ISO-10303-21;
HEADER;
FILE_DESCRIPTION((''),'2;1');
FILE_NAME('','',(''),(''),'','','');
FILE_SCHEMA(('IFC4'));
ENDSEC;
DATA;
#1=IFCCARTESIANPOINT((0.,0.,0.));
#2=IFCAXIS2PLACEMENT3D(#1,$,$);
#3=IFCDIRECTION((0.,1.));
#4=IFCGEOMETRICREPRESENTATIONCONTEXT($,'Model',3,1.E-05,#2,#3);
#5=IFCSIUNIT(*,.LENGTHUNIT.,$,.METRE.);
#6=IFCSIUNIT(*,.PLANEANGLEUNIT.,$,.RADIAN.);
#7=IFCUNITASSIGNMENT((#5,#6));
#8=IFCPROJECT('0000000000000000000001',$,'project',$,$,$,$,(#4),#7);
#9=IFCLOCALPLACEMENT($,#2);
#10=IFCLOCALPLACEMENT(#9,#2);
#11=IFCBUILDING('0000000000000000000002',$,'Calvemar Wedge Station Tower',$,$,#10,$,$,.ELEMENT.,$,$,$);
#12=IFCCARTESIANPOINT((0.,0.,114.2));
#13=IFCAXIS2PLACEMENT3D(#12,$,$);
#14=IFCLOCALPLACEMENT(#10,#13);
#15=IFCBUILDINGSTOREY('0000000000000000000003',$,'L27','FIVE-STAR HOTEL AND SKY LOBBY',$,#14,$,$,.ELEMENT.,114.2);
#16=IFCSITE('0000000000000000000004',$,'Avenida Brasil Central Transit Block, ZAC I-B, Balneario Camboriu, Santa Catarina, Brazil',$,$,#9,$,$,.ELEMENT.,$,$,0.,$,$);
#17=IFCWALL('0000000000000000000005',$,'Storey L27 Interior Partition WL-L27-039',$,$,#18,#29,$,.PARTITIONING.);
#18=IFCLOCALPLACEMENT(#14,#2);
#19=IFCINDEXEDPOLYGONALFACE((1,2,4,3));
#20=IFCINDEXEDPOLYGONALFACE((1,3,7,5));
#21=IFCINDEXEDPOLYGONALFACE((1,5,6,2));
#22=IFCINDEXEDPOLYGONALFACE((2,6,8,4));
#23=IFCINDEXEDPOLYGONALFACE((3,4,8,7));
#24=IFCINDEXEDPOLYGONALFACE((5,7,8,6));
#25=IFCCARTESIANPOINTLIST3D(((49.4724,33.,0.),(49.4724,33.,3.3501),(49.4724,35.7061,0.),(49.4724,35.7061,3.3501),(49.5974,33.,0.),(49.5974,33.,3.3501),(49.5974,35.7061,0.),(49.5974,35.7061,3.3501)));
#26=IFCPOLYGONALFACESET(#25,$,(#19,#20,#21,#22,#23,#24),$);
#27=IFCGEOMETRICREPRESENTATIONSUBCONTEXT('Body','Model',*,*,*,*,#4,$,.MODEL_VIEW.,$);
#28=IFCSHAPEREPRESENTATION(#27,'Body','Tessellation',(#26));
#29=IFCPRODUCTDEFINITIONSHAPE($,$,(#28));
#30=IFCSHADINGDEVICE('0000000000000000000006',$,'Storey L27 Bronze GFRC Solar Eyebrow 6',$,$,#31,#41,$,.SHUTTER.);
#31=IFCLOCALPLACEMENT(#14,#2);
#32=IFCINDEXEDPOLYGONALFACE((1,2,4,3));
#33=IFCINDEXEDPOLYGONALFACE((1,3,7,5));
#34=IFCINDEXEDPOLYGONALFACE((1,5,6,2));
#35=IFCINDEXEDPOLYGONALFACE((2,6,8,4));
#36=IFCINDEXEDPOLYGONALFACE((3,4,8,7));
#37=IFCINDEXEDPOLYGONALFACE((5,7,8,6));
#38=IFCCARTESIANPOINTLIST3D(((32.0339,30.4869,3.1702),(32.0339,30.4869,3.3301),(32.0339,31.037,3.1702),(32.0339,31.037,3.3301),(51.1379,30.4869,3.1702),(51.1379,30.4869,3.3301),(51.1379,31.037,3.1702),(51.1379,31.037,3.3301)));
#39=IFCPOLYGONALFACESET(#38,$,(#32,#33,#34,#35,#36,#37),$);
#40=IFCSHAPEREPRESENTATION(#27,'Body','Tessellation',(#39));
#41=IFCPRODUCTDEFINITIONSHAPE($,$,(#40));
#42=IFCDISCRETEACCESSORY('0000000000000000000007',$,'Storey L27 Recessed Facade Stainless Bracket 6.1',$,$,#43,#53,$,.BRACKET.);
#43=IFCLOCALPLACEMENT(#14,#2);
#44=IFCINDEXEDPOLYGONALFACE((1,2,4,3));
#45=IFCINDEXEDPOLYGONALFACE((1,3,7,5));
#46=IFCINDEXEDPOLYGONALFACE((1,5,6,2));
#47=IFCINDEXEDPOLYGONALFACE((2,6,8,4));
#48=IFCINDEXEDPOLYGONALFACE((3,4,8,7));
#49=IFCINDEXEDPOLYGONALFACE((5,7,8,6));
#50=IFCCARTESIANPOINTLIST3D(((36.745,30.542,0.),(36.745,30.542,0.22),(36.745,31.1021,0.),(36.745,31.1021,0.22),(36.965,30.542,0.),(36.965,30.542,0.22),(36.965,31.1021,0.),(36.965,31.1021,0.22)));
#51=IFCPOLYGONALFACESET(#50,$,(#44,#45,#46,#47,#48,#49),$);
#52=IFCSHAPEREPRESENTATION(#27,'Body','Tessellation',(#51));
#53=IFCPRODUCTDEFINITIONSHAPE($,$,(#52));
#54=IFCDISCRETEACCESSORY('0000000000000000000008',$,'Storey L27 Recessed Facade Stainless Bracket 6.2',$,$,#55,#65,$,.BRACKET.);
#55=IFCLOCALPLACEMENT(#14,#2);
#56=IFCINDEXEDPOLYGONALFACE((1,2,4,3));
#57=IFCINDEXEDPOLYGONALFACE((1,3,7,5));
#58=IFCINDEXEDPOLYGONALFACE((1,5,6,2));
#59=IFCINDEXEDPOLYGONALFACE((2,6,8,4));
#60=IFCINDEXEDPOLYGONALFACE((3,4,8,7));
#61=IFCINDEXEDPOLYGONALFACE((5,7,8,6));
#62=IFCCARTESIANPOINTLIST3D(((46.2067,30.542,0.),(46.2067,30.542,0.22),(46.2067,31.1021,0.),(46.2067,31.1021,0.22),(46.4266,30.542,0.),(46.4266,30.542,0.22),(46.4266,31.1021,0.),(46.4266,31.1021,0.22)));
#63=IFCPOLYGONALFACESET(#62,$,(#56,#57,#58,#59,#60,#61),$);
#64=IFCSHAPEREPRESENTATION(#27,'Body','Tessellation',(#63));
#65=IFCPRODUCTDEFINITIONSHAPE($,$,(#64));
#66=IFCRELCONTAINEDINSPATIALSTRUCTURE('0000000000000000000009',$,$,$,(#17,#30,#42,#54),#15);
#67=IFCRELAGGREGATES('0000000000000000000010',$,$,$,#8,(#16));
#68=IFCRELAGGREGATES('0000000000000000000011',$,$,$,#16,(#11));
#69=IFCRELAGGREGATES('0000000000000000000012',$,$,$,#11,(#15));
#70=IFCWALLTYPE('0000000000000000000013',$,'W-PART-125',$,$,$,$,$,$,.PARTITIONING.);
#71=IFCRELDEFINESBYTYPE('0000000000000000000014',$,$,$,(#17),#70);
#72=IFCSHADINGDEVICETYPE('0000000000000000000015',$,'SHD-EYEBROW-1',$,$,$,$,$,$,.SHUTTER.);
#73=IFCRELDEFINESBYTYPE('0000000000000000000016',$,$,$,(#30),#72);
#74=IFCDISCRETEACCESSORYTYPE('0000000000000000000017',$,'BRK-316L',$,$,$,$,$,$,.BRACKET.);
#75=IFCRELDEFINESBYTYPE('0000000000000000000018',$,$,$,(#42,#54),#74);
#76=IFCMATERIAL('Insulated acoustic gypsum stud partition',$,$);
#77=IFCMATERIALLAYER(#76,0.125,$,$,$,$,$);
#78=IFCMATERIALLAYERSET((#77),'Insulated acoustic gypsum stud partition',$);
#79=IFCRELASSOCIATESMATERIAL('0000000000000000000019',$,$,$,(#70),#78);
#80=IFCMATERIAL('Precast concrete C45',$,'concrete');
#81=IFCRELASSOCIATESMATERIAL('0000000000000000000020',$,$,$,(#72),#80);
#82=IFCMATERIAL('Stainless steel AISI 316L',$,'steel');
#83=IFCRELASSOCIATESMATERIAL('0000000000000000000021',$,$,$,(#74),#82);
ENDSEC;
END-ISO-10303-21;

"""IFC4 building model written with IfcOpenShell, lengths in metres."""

from ifc_helpers import new_model, si_unit, direction, frame, frame_2d, origin, origin_2d, place, context, subcontext, project, spatial, rectangle, extrude, source, transform, mapped, material, layer, layer_set, type_object, element, save


model = new_model("IFC4")

# Units and contexts
model_context = context("Model", 3, precision=1e-05, world=origin(), true_north=direction((0.0, 1.0)))
body_context = subcontext(model_context, "Body", "Model", "MODEL_VIEW")
ifc_project = project(units=[si_unit("LENGTHUNIT", "METRE"), si_unit("PLANEANGLEUNIT", "RADIAN")], contexts=[model_context])

# Site, building, storey
site_placement = place(None, origin())
site = spatial("IfcSite", under=ifc_project, at=site_placement, Name="Avenida Brasil Central Transit Block, ZAC I-B, Balneario Camboriu, Santa Catarina, Brazil", CompositionType="ELEMENT", RefElevation=0.0)
building_placement = place(site_placement, origin())
building = spatial("IfcBuilding", under=site, at=building_placement, Name="Calvemar Wedge Station Tower", CompositionType="ELEMENT")
storey_placement = place(building_placement, frame((0.0, 0.0, 114.2)))
storey = spatial("IfcBuildingStorey", under=building, at=storey_placement, Name="L27", Description="FIVE-STAR HOTEL AND SKY LOBBY", CompositionType="ELEMENT", Elevation=114.2)

# Shared definitions
ifc_material_1 = material(Name="Precast concrete C45", Category="concrete")

# Wall
ifc_material_2 = material(Name="Insulated acoustic gypsum stud partition")
ifc_layer_1 = layer(ifc_material_2, 0.125)
ifc_layer_set_1 = layer_set([ifc_layer_1], Name="Insulated acoustic gypsum stud partition")
wall_type_1 = type_object("IfcWallType", Name="W-PART-125", PredefinedType="PARTITIONING", material=ifc_layer_set_1)
wall_1_placement = place(storey_placement, frame((49.5349, 33.0, 0.0), z_axis=(0.0, 0.0, 1.0), x_axis=(0.0, 1.0, 0.0)))
element("IfcWall", 1, at=wall_1_placement, inside=storey, type_object=wall_type_1, Name="Storey L27 Interior Partition WL-L27-039", PredefinedType="PARTITIONING", context=body_context, shape_type="SweptSolid", body=[
    extrude(rectangle(XDim=2.7061, YDim=0.125, at=frame_2d((1.353, 0.0))), origin(), (0.0, 0.0, 1.0), 3.3501),
])

# Shading device
shading_device_type = type_object("IfcShadingDeviceType", Name="SHD-EYEBROW-1", PredefinedType="SHUTTER", material=ifc_material_1)
shading_device_placement = place(storey_placement, frame((32.0339, 30.762, 3.1702), z_axis=(0.0, 0.0, 1.0), x_axis=(1.0, 0.0, 0.0)))
element("IfcShadingDevice", 2, at=shading_device_placement, inside=storey, type_object=shading_device_type, Name="Storey L27 Bronze GFRC Solar Eyebrow 6", PredefinedType="SHUTTER", context=body_context, shape_type="SweptSolid", body=[
    extrude(rectangle(XDim=19.104, YDim=0.55, at=frame_2d((9.552, 0.0))), origin(), (0.0, 0.0, 1.0), 0.1599),
])

# Discrete accessories
ifc_material_3 = material(Name="Stainless steel AISI 316L", Category="steel")
discrete_accessory_type = type_object("IfcDiscreteAccessoryType", Name="BRK-316L", PredefinedType="BRACKET", material=ifc_material_3)
shared_shape_1 = source(origin(), body_context, "Body", "SweptSolid", [
    extrude(rectangle(XDim=0.22, YDim=0.5601, at=origin_2d()), origin(), (0.0, 0.0, 1.0), 0.22),
])
for number, where, z_axis, x_axis, name in (
    (3, (36.855, 30.822, 0.0), (0.0, 0.0, 1.0), (1.0, 0.0, 0.0), "Storey L27 Recessed Facade Stainless Bracket 6.1"),
    (4, (46.3167, 30.822, 0.0), (0.0, 0.0, 1.0), (1.0, 0.0, 0.0), "Storey L27 Recessed Facade Stainless Bracket 6.2"),
):
    element("IfcDiscreteAccessory", number, at=place(storey_placement, frame(where, z_axis=z_axis, x_axis=x_axis)), inside=storey, type_object=discrete_accessory_type, Name=name, PredefinedType="BRACKET", context=body_context, shape_type="MappedRepresentation", body=[
        mapped(shared_shape_1, transform((0.0, 0.0, 0.0), scale=1.0)),
    ])

save(model, "model.ifc")
